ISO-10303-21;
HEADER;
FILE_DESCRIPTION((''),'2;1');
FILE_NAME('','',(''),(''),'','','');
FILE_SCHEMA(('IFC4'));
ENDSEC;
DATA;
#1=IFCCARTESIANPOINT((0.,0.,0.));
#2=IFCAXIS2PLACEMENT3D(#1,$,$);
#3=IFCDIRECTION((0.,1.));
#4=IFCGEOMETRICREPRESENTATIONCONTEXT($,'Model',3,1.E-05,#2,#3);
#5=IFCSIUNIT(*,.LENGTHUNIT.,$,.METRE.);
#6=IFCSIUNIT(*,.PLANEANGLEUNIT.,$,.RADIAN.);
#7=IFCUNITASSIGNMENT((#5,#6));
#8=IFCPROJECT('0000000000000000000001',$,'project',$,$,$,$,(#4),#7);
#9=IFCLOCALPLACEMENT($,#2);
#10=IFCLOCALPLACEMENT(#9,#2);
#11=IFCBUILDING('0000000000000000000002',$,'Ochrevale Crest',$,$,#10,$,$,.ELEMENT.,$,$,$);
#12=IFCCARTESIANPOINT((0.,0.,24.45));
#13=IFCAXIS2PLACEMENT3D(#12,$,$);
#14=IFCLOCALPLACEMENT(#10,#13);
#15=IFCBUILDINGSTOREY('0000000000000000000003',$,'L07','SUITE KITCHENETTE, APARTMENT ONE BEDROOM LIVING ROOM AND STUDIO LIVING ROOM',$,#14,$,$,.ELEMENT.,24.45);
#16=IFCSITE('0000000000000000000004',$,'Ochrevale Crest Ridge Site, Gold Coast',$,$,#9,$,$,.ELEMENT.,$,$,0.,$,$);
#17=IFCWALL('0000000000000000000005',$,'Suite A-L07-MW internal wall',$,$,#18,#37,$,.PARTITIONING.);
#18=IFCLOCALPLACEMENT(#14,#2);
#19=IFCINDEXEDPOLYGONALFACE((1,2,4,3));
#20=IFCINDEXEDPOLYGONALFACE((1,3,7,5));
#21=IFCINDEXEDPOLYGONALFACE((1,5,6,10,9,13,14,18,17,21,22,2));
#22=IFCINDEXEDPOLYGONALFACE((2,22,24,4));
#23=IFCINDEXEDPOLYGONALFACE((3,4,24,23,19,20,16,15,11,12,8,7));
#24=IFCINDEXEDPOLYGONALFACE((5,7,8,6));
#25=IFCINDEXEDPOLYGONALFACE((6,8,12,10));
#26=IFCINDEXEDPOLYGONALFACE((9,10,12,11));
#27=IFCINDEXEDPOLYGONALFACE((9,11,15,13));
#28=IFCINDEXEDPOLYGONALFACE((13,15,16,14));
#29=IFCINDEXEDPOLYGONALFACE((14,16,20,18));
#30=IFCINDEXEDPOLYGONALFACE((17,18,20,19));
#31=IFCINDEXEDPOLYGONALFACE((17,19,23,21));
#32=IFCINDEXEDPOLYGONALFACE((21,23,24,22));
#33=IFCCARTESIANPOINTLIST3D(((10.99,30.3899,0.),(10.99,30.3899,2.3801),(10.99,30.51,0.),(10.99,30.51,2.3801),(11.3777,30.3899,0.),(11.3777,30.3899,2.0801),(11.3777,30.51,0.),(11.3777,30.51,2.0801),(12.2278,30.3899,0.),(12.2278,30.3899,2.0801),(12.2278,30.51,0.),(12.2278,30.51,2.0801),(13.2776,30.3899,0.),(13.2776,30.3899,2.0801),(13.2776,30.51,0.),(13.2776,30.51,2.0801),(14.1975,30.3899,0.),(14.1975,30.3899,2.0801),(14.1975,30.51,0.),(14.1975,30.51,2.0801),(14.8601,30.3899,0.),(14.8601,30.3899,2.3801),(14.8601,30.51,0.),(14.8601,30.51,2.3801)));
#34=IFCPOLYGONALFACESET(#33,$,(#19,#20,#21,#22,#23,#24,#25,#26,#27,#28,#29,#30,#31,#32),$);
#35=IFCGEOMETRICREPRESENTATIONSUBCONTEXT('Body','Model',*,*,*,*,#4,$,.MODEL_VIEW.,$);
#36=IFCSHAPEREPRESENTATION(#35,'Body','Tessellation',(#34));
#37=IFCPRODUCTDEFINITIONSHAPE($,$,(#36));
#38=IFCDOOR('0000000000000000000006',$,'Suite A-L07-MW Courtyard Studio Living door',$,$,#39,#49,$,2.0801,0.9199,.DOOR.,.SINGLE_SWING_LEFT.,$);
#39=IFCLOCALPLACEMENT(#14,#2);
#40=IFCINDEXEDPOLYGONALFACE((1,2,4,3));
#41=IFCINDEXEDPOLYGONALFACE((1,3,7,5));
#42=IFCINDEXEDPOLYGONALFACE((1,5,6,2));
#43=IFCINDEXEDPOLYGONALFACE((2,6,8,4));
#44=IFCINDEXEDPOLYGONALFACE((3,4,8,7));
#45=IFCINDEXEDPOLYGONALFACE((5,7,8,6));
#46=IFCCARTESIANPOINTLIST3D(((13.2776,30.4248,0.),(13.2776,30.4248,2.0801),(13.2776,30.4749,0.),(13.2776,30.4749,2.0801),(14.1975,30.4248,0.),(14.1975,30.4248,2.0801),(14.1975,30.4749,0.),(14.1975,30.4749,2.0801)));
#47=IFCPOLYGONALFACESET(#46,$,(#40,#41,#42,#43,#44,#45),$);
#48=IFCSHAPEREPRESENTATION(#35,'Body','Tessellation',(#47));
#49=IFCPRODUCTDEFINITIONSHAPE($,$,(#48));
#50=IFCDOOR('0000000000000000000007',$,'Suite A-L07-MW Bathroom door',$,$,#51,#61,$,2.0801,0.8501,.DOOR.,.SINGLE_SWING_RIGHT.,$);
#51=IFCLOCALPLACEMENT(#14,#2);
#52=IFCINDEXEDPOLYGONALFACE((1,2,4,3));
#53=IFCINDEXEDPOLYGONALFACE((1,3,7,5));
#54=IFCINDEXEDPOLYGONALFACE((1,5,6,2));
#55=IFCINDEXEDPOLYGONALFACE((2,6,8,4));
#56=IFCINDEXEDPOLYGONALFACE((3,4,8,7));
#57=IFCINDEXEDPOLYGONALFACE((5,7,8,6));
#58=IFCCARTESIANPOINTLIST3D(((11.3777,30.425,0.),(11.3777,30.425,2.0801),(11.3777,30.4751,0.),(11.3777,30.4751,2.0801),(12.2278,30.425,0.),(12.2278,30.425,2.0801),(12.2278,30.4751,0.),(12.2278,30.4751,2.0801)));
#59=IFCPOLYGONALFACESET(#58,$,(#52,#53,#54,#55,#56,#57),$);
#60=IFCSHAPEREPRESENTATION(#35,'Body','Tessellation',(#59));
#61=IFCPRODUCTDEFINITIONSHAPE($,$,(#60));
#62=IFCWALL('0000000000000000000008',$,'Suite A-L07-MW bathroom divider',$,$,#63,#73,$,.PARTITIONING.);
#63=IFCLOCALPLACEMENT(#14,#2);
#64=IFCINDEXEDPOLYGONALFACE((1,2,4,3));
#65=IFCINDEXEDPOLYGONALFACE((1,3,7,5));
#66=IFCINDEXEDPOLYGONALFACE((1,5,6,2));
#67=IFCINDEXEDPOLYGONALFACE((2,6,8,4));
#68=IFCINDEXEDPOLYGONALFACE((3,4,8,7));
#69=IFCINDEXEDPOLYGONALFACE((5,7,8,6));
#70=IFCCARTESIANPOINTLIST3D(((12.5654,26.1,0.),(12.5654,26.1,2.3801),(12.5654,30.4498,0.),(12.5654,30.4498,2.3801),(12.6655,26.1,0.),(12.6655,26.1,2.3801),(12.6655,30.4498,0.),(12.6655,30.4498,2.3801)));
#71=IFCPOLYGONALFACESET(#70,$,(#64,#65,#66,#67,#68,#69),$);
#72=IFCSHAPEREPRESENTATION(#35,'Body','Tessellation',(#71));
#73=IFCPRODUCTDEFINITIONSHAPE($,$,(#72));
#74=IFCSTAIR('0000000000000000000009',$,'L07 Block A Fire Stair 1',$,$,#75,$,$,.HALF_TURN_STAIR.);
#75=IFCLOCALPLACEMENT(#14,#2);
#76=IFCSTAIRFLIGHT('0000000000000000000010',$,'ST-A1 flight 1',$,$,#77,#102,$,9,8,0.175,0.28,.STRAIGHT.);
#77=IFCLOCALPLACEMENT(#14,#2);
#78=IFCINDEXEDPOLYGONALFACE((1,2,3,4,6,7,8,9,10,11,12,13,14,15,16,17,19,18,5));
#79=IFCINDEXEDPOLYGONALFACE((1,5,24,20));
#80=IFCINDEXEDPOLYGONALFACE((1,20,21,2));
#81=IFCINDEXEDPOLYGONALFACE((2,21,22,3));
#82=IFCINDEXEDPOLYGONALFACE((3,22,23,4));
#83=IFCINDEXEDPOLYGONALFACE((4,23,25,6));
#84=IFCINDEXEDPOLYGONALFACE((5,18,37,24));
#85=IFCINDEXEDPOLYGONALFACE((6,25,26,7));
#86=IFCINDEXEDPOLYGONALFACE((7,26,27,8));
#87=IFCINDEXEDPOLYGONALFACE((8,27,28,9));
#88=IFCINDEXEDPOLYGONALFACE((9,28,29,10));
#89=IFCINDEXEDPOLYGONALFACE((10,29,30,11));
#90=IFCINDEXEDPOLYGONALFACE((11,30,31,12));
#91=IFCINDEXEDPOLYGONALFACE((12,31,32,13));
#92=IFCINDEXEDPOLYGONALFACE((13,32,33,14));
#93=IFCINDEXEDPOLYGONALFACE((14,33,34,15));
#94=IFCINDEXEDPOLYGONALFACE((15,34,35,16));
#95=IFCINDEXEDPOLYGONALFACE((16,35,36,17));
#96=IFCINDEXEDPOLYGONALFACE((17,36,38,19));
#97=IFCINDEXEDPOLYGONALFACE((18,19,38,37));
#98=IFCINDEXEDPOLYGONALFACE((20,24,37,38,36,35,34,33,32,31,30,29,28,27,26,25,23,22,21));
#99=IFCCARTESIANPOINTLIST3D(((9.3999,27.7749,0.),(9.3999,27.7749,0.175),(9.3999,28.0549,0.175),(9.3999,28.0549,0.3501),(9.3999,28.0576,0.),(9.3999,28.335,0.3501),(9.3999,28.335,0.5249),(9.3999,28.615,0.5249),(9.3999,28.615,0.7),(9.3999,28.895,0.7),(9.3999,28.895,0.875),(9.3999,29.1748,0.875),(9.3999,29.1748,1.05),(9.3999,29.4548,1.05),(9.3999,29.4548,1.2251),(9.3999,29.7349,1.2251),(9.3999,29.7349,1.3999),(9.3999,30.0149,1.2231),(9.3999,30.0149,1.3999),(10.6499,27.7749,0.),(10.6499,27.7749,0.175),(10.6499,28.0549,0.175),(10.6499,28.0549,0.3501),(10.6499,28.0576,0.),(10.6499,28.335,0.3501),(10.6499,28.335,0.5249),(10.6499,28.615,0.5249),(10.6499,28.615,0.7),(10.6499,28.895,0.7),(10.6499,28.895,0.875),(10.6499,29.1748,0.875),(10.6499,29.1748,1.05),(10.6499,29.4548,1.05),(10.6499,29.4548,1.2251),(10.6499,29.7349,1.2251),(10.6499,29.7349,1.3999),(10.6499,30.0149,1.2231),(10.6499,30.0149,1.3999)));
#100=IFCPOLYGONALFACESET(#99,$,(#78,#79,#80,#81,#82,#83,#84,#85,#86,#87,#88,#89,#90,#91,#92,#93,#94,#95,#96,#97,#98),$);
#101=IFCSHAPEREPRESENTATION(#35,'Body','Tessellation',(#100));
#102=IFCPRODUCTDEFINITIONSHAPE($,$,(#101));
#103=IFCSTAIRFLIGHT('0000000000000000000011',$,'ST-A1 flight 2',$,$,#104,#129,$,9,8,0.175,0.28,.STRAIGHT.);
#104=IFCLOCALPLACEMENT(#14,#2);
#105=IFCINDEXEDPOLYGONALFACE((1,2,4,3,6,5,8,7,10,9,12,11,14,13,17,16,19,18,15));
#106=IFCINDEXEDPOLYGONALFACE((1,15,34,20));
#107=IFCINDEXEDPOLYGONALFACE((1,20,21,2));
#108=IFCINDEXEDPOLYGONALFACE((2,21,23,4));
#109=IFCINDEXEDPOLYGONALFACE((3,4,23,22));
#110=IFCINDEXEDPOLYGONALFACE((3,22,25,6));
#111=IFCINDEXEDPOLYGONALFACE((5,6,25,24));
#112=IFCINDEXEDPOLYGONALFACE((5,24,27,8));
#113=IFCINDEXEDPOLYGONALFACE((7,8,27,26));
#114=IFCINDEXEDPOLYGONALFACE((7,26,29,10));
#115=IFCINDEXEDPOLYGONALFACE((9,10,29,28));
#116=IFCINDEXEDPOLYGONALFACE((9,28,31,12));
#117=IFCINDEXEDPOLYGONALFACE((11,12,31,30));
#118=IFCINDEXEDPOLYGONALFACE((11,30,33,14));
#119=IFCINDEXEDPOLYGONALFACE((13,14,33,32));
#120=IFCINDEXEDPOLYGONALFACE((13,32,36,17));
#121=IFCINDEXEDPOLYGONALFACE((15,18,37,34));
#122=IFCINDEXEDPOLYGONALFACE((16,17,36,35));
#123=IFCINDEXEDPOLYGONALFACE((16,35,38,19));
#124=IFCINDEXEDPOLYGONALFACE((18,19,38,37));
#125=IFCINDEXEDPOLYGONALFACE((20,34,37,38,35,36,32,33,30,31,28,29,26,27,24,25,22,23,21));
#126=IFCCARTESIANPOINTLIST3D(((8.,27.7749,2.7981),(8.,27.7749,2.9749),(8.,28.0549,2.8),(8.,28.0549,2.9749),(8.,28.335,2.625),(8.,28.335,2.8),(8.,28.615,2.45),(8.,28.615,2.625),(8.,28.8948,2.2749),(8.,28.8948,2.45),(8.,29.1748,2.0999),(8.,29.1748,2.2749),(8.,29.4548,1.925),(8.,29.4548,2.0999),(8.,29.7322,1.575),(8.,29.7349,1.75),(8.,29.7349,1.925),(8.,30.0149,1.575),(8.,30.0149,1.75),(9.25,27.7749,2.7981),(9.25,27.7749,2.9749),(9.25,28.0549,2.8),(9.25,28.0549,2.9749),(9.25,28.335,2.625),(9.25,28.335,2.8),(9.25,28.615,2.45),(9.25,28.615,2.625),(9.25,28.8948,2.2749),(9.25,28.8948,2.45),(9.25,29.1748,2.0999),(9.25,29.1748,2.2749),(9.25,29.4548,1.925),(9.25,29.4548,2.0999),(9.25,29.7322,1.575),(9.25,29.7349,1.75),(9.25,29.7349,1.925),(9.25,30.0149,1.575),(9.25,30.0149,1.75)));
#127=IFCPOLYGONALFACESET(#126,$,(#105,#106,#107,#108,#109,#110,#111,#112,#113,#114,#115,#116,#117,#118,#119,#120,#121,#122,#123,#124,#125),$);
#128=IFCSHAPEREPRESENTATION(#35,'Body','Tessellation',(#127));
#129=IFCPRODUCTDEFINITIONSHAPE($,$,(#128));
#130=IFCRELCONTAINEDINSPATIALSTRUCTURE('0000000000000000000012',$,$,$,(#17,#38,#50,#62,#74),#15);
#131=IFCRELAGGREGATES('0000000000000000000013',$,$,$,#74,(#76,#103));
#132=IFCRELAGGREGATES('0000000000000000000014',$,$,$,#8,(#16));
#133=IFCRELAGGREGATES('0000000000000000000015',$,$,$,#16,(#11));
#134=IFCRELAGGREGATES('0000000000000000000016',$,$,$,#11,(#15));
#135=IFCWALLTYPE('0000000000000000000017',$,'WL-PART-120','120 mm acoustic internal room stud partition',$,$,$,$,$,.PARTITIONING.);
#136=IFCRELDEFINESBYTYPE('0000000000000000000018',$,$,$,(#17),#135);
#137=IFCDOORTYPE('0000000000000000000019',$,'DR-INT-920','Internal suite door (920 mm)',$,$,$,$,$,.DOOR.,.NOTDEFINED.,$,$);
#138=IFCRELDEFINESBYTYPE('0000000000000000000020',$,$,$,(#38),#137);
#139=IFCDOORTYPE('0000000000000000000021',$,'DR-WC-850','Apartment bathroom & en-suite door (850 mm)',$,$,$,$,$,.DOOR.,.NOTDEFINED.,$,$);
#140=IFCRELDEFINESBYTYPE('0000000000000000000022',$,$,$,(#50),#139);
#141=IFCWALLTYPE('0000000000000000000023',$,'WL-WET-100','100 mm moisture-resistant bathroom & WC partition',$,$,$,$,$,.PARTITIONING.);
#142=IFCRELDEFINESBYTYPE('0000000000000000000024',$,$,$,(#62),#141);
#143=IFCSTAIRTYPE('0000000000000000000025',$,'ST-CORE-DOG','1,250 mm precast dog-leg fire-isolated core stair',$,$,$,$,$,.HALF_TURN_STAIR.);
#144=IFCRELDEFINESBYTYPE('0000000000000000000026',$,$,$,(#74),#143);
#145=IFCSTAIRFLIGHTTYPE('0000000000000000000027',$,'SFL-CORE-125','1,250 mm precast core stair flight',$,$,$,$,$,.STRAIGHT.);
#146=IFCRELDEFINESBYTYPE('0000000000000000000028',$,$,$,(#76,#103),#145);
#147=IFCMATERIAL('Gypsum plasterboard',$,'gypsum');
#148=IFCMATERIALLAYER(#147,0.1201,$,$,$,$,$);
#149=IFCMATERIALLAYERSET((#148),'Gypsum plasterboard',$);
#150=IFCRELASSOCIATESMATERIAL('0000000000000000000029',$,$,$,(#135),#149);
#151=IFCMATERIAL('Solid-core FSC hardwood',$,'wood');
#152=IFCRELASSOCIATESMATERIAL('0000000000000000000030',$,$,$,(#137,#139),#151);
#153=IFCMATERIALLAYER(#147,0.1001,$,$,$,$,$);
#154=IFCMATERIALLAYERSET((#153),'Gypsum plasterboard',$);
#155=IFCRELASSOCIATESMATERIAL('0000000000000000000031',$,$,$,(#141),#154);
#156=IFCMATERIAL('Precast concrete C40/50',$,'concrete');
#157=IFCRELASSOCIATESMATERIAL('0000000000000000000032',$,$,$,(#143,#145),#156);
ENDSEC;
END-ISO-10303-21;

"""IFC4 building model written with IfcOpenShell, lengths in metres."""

from ifc_helpers import new_model, si_unit, direction, frame, frame_2d, origin, place, context, subcontext, project, spatial, polyline, rectangle, outline, extrude, material, layer, layer_set, type_object, element, fill, aggregate, save


model = new_model("IFC4")

# Units and contexts
model_context = context("Model", 3, precision=1e-05, world=origin(), true_north=direction((0.0, 1.0)))
body_context = subcontext(model_context, "Body", "Model", "MODEL_VIEW")
ifc_project = project(units=[si_unit("LENGTHUNIT", "METRE"), si_unit("PLANEANGLEUNIT", "RADIAN")], contexts=[model_context])

# Site, building, storey
site_placement = place(None, origin())
site = spatial("IfcSite", under=ifc_project, at=site_placement, Name="Ochrevale Crest Ridge Site, Gold Coast", CompositionType="ELEMENT", RefElevation=0.0)
building_placement = place(site_placement, origin())
building = spatial("IfcBuilding", under=site, at=building_placement, Name="Ochrevale Crest", CompositionType="ELEMENT")
storey_placement = place(building_placement, frame((0.0, 0.0, 24.45)))
storey = spatial("IfcBuildingStorey", under=building, at=storey_placement, Name="L07", Description="SUITE KITCHENETTE, APARTMENT ONE BEDROOM LIVING ROOM AND STUDIO LIVING ROOM", CompositionType="ELEMENT", Elevation=24.45)

# Shared definitions
ifc_material_1 = material(Name="Gypsum plasterboard", Category="gypsum")
ifc_material_2 = material(Name="Solid-core FSC hardwood", Category="wood")

# Wall, openings, doors
ifc_layer_1 = layer(ifc_material_1, 0.1201)
ifc_layer_set_1 = layer_set([ifc_layer_1], Name="Gypsum plasterboard")
wall_type_1 = type_object("IfcWallType", Name="WL-PART-120", Description="120 mm acoustic internal room stud partition", PredefinedType="PARTITIONING", material=ifc_layer_set_1)
wall_1_placement = place(storey_placement, frame((10.99, 30.45, 0.0), z_axis=(0.0, 0.0, 1.0), x_axis=(1.0, 0.0, 0.0)))
wall_1 = element("IfcWall", 1, at=wall_1_placement, inside=storey, type_object=wall_type_1, Name="Suite A-L07-MW internal wall", PredefinedType="PARTITIONING", context=body_context, shape_type="SweptSolid", body=[
    extrude(rectangle(XDim=3.8701, YDim=0.1201, at=frame_2d((1.9351, 0.0))), origin(), (0.0, 0.0, 1.0), 2.3801),
])
opening_1_placement = place(wall_1_placement, frame((1.2378, 0.0, 0.0), z_axis=(0.0, 0.0, 1.0), x_axis=(-1.0, 0.0, 0.0)))
opening_1 = element("IfcOpeningElement", 2, at=opening_1_placement, cuts=wall_1, PredefinedType="OPENING", context=body_context, shape_type="SweptSolid", body=[
    extrude(rectangle(XDim=0.8501, YDim=2.0801, at=frame_2d((0.425, 1.04))), frame((0.0, 0.0701, 0.0), z_axis=(0.0, -1.0, 0.0), x_axis=(1.0, 0.0, 0.0)), (0.0, 0.0, 1.0), 0.1401),
])
opening_2_placement = place(wall_1_placement, frame((2.2876, 0.0, 0.0)))
opening_2 = element("IfcOpeningElement", 3, at=opening_2_placement, cuts=wall_1, PredefinedType="OPENING", context=body_context, shape_type="SweptSolid", body=[
    extrude(rectangle(XDim=0.9199, YDim=2.0801, at=frame_2d((0.46, 1.04))), frame((0.0, 0.0701, 0.0), z_axis=(0.0, -1.0, 0.0), x_axis=(1.0, 0.0, 0.0)), (0.0, 0.0, 1.0), 0.1401),
])
door_type_1 = type_object("IfcDoorType", Name="DR-INT-920", Description="Internal suite door (920 mm)", OperationType="NOTDEFINED", PredefinedType="DOOR", material=ifc_material_2)
door_1_placement = place(opening_2_placement, origin())
door_1 = element("IfcDoor", 4, at=door_1_placement, inside=storey, type_object=door_type_1, Name="Suite A-L07-MW Courtyard Studio Living door", OperationType="SINGLE_SWING_LEFT", OverallHeight=2.0801, OverallWidth=0.9199, PredefinedType="DOOR", context=body_context, shape_type="SweptSolid", body=[
    extrude(rectangle(XDim=0.9199, YDim=2.0801, at=frame_2d((0.46, 1.04))), frame((0.0, 0.0249, 0.0), z_axis=(0.0, -1.0, 0.0), x_axis=(1.0, 0.0, 0.0)), (0.0, 0.0, 1.0), 0.05),
])
fill(opening_2, door_1)
door_type_2 = type_object("IfcDoorType", Name="DR-WC-850", Description="Apartment bathroom & en-suite door (850 mm)", OperationType="NOTDEFINED", PredefinedType="DOOR", material=ifc_material_2)
door_2_placement = place(opening_1_placement, origin())
door_2 = element("IfcDoor", 5, at=door_2_placement, inside=storey, type_object=door_type_2, Name="Suite A-L07-MW Bathroom door", OperationType="SINGLE_SWING_RIGHT", OverallHeight=2.0801, OverallWidth=0.8501, PredefinedType="DOOR", context=body_context, shape_type="SweptSolid", body=[
    extrude(rectangle(XDim=0.8501, YDim=2.0801, at=frame_2d((0.425, 1.04))), frame((0.0, 0.0249, 0.0), z_axis=(0.0, -1.0, 0.0), x_axis=(1.0, 0.0, 0.0)), (0.0, 0.0, 1.0), 0.05),
])
fill(opening_1, door_2)

# Wall
ifc_layer_2 = layer(ifc_material_1, 0.1001)
ifc_layer_set_2 = layer_set([ifc_layer_2], Name="Gypsum plasterboard")
wall_type_2 = type_object("IfcWallType", Name="WL-WET-100", Description="100 mm moisture-resistant bathroom & WC partition", PredefinedType="PARTITIONING", material=ifc_layer_set_2)
wall_2_placement = place(storey_placement, frame((12.6155, 26.1001, 0.0), z_axis=(0.0, 0.0, 1.0), x_axis=(0.0, 1.0, 0.0)))
element("IfcWall", 6, at=wall_2_placement, inside=storey, type_object=wall_type_2, Name="Suite A-L07-MW bathroom divider", PredefinedType="PARTITIONING", context=body_context, shape_type="SweptSolid", body=[
    extrude(rectangle(XDim=4.3499, YDim=0.1001, at=frame_2d((2.1748, 0.0))), origin(), (0.0, 0.0, 1.0), 2.3801),
])

# Stair, stair flights
ifc_material_3 = material(Name="Precast concrete C40/50", Category="concrete")
stair_type = type_object("IfcStairType", Name="ST-CORE-DOG", Description="1,250 mm precast dog-leg fire-isolated core stair", PredefinedType="HALF_TURN_STAIR", material=ifc_material_3)
stair_placement = place(storey_placement, origin())
stair = element("IfcStair", 7, at=stair_placement, inside=storey, type_object=stair_type, Name="L07 Block A Fire Stair 1", PredefinedType="HALF_TURN_STAIR")
stair_flight_type = type_object("IfcStairFlightType", Name="SFL-CORE-125", Description="1,250 mm precast core stair flight", PredefinedType="STRAIGHT", material=ifc_material_3)
stair_flight_1_placement = place(storey_placement, frame((10.0249, 27.7749, 0.0), z_axis=(0.0, 0.0, 1.0), x_axis=(0.0, 1.0, 0.0)))
stair_flight_1 = element("IfcStairFlight", 8, at=stair_flight_1_placement, type_object=stair_flight_type, Name="ST-A1 flight 1", NumberOfRisers=9, NumberOfTreads=8, PredefinedType="STRAIGHT", RiserHeight=0.175, TreadLength=0.28, context=body_context, shape_type="SweptSolid", body=[
    extrude(outline(polyline([(0.0, 0.0), (0.0, 0.175), (0.28, 0.175), (0.28, 0.3501), (0.5601, 0.3501), (0.5601, 0.5249), (0.8401, 0.5249), (0.8401, 0.7), (1.1201, 0.7), (1.1201, 0.875), (1.3999, 0.875), (1.3999, 1.05), (1.6799, 1.05), (1.6799, 1.2251), (1.96, 1.2251), (1.96, 1.3999), (2.24, 1.3999), (2.24, 1.575), (2.24, 1.2231), (0.2827, 0.0), (0.0, 0.0)])), frame((0.0, 0.625, 0.0), z_axis=(0.0, -1.0, 0.0), x_axis=(1.0, 0.0, 0.0)), (0.0, 0.0, 1.0), 1.25),
])
stair_flight_2_placement = place(storey_placement, frame((8.625, 30.0149, 1.575), z_axis=(0.0, 0.0, 1.0), x_axis=(0.0, -1.0, 0.0)))
stair_flight_2 = element("IfcStairFlight", 9, at=stair_flight_2_placement, type_object=stair_flight_type, Name="ST-A1 flight 2", NumberOfRisers=9, NumberOfTreads=8, PredefinedType="STRAIGHT", RiserHeight=0.175, TreadLength=0.28, context=body_context, shape_type="SweptSolid", body=[
    extrude(outline(polyline([(0.0, 0.0), (0.0, 0.175), (0.28, 0.175), (0.28, 0.3501), (0.5601, 0.3501), (0.5601, 0.5249), (0.8401, 0.5249), (0.8401, 0.7), (1.1201, 0.7), (1.1201, 0.875), (1.3999, 0.875), (1.3999, 1.05), (1.6799, 1.05), (1.6799, 1.2251), (1.96, 1.2251), (1.96, 1.3999), (2.24, 1.3999), (2.24, 1.575), (2.24, 1.2231), (0.2827, 0.0), (0.0, 0.0)])), frame((0.0, 0.625, 0.0), z_axis=(0.0, -1.0, 0.0), x_axis=(1.0, 0.0, 0.0)), (0.0, 0.0, 1.0), 1.25),
])
aggregate(stair, [stair_flight_1, stair_flight_2])

save(model, "model.ifc")
